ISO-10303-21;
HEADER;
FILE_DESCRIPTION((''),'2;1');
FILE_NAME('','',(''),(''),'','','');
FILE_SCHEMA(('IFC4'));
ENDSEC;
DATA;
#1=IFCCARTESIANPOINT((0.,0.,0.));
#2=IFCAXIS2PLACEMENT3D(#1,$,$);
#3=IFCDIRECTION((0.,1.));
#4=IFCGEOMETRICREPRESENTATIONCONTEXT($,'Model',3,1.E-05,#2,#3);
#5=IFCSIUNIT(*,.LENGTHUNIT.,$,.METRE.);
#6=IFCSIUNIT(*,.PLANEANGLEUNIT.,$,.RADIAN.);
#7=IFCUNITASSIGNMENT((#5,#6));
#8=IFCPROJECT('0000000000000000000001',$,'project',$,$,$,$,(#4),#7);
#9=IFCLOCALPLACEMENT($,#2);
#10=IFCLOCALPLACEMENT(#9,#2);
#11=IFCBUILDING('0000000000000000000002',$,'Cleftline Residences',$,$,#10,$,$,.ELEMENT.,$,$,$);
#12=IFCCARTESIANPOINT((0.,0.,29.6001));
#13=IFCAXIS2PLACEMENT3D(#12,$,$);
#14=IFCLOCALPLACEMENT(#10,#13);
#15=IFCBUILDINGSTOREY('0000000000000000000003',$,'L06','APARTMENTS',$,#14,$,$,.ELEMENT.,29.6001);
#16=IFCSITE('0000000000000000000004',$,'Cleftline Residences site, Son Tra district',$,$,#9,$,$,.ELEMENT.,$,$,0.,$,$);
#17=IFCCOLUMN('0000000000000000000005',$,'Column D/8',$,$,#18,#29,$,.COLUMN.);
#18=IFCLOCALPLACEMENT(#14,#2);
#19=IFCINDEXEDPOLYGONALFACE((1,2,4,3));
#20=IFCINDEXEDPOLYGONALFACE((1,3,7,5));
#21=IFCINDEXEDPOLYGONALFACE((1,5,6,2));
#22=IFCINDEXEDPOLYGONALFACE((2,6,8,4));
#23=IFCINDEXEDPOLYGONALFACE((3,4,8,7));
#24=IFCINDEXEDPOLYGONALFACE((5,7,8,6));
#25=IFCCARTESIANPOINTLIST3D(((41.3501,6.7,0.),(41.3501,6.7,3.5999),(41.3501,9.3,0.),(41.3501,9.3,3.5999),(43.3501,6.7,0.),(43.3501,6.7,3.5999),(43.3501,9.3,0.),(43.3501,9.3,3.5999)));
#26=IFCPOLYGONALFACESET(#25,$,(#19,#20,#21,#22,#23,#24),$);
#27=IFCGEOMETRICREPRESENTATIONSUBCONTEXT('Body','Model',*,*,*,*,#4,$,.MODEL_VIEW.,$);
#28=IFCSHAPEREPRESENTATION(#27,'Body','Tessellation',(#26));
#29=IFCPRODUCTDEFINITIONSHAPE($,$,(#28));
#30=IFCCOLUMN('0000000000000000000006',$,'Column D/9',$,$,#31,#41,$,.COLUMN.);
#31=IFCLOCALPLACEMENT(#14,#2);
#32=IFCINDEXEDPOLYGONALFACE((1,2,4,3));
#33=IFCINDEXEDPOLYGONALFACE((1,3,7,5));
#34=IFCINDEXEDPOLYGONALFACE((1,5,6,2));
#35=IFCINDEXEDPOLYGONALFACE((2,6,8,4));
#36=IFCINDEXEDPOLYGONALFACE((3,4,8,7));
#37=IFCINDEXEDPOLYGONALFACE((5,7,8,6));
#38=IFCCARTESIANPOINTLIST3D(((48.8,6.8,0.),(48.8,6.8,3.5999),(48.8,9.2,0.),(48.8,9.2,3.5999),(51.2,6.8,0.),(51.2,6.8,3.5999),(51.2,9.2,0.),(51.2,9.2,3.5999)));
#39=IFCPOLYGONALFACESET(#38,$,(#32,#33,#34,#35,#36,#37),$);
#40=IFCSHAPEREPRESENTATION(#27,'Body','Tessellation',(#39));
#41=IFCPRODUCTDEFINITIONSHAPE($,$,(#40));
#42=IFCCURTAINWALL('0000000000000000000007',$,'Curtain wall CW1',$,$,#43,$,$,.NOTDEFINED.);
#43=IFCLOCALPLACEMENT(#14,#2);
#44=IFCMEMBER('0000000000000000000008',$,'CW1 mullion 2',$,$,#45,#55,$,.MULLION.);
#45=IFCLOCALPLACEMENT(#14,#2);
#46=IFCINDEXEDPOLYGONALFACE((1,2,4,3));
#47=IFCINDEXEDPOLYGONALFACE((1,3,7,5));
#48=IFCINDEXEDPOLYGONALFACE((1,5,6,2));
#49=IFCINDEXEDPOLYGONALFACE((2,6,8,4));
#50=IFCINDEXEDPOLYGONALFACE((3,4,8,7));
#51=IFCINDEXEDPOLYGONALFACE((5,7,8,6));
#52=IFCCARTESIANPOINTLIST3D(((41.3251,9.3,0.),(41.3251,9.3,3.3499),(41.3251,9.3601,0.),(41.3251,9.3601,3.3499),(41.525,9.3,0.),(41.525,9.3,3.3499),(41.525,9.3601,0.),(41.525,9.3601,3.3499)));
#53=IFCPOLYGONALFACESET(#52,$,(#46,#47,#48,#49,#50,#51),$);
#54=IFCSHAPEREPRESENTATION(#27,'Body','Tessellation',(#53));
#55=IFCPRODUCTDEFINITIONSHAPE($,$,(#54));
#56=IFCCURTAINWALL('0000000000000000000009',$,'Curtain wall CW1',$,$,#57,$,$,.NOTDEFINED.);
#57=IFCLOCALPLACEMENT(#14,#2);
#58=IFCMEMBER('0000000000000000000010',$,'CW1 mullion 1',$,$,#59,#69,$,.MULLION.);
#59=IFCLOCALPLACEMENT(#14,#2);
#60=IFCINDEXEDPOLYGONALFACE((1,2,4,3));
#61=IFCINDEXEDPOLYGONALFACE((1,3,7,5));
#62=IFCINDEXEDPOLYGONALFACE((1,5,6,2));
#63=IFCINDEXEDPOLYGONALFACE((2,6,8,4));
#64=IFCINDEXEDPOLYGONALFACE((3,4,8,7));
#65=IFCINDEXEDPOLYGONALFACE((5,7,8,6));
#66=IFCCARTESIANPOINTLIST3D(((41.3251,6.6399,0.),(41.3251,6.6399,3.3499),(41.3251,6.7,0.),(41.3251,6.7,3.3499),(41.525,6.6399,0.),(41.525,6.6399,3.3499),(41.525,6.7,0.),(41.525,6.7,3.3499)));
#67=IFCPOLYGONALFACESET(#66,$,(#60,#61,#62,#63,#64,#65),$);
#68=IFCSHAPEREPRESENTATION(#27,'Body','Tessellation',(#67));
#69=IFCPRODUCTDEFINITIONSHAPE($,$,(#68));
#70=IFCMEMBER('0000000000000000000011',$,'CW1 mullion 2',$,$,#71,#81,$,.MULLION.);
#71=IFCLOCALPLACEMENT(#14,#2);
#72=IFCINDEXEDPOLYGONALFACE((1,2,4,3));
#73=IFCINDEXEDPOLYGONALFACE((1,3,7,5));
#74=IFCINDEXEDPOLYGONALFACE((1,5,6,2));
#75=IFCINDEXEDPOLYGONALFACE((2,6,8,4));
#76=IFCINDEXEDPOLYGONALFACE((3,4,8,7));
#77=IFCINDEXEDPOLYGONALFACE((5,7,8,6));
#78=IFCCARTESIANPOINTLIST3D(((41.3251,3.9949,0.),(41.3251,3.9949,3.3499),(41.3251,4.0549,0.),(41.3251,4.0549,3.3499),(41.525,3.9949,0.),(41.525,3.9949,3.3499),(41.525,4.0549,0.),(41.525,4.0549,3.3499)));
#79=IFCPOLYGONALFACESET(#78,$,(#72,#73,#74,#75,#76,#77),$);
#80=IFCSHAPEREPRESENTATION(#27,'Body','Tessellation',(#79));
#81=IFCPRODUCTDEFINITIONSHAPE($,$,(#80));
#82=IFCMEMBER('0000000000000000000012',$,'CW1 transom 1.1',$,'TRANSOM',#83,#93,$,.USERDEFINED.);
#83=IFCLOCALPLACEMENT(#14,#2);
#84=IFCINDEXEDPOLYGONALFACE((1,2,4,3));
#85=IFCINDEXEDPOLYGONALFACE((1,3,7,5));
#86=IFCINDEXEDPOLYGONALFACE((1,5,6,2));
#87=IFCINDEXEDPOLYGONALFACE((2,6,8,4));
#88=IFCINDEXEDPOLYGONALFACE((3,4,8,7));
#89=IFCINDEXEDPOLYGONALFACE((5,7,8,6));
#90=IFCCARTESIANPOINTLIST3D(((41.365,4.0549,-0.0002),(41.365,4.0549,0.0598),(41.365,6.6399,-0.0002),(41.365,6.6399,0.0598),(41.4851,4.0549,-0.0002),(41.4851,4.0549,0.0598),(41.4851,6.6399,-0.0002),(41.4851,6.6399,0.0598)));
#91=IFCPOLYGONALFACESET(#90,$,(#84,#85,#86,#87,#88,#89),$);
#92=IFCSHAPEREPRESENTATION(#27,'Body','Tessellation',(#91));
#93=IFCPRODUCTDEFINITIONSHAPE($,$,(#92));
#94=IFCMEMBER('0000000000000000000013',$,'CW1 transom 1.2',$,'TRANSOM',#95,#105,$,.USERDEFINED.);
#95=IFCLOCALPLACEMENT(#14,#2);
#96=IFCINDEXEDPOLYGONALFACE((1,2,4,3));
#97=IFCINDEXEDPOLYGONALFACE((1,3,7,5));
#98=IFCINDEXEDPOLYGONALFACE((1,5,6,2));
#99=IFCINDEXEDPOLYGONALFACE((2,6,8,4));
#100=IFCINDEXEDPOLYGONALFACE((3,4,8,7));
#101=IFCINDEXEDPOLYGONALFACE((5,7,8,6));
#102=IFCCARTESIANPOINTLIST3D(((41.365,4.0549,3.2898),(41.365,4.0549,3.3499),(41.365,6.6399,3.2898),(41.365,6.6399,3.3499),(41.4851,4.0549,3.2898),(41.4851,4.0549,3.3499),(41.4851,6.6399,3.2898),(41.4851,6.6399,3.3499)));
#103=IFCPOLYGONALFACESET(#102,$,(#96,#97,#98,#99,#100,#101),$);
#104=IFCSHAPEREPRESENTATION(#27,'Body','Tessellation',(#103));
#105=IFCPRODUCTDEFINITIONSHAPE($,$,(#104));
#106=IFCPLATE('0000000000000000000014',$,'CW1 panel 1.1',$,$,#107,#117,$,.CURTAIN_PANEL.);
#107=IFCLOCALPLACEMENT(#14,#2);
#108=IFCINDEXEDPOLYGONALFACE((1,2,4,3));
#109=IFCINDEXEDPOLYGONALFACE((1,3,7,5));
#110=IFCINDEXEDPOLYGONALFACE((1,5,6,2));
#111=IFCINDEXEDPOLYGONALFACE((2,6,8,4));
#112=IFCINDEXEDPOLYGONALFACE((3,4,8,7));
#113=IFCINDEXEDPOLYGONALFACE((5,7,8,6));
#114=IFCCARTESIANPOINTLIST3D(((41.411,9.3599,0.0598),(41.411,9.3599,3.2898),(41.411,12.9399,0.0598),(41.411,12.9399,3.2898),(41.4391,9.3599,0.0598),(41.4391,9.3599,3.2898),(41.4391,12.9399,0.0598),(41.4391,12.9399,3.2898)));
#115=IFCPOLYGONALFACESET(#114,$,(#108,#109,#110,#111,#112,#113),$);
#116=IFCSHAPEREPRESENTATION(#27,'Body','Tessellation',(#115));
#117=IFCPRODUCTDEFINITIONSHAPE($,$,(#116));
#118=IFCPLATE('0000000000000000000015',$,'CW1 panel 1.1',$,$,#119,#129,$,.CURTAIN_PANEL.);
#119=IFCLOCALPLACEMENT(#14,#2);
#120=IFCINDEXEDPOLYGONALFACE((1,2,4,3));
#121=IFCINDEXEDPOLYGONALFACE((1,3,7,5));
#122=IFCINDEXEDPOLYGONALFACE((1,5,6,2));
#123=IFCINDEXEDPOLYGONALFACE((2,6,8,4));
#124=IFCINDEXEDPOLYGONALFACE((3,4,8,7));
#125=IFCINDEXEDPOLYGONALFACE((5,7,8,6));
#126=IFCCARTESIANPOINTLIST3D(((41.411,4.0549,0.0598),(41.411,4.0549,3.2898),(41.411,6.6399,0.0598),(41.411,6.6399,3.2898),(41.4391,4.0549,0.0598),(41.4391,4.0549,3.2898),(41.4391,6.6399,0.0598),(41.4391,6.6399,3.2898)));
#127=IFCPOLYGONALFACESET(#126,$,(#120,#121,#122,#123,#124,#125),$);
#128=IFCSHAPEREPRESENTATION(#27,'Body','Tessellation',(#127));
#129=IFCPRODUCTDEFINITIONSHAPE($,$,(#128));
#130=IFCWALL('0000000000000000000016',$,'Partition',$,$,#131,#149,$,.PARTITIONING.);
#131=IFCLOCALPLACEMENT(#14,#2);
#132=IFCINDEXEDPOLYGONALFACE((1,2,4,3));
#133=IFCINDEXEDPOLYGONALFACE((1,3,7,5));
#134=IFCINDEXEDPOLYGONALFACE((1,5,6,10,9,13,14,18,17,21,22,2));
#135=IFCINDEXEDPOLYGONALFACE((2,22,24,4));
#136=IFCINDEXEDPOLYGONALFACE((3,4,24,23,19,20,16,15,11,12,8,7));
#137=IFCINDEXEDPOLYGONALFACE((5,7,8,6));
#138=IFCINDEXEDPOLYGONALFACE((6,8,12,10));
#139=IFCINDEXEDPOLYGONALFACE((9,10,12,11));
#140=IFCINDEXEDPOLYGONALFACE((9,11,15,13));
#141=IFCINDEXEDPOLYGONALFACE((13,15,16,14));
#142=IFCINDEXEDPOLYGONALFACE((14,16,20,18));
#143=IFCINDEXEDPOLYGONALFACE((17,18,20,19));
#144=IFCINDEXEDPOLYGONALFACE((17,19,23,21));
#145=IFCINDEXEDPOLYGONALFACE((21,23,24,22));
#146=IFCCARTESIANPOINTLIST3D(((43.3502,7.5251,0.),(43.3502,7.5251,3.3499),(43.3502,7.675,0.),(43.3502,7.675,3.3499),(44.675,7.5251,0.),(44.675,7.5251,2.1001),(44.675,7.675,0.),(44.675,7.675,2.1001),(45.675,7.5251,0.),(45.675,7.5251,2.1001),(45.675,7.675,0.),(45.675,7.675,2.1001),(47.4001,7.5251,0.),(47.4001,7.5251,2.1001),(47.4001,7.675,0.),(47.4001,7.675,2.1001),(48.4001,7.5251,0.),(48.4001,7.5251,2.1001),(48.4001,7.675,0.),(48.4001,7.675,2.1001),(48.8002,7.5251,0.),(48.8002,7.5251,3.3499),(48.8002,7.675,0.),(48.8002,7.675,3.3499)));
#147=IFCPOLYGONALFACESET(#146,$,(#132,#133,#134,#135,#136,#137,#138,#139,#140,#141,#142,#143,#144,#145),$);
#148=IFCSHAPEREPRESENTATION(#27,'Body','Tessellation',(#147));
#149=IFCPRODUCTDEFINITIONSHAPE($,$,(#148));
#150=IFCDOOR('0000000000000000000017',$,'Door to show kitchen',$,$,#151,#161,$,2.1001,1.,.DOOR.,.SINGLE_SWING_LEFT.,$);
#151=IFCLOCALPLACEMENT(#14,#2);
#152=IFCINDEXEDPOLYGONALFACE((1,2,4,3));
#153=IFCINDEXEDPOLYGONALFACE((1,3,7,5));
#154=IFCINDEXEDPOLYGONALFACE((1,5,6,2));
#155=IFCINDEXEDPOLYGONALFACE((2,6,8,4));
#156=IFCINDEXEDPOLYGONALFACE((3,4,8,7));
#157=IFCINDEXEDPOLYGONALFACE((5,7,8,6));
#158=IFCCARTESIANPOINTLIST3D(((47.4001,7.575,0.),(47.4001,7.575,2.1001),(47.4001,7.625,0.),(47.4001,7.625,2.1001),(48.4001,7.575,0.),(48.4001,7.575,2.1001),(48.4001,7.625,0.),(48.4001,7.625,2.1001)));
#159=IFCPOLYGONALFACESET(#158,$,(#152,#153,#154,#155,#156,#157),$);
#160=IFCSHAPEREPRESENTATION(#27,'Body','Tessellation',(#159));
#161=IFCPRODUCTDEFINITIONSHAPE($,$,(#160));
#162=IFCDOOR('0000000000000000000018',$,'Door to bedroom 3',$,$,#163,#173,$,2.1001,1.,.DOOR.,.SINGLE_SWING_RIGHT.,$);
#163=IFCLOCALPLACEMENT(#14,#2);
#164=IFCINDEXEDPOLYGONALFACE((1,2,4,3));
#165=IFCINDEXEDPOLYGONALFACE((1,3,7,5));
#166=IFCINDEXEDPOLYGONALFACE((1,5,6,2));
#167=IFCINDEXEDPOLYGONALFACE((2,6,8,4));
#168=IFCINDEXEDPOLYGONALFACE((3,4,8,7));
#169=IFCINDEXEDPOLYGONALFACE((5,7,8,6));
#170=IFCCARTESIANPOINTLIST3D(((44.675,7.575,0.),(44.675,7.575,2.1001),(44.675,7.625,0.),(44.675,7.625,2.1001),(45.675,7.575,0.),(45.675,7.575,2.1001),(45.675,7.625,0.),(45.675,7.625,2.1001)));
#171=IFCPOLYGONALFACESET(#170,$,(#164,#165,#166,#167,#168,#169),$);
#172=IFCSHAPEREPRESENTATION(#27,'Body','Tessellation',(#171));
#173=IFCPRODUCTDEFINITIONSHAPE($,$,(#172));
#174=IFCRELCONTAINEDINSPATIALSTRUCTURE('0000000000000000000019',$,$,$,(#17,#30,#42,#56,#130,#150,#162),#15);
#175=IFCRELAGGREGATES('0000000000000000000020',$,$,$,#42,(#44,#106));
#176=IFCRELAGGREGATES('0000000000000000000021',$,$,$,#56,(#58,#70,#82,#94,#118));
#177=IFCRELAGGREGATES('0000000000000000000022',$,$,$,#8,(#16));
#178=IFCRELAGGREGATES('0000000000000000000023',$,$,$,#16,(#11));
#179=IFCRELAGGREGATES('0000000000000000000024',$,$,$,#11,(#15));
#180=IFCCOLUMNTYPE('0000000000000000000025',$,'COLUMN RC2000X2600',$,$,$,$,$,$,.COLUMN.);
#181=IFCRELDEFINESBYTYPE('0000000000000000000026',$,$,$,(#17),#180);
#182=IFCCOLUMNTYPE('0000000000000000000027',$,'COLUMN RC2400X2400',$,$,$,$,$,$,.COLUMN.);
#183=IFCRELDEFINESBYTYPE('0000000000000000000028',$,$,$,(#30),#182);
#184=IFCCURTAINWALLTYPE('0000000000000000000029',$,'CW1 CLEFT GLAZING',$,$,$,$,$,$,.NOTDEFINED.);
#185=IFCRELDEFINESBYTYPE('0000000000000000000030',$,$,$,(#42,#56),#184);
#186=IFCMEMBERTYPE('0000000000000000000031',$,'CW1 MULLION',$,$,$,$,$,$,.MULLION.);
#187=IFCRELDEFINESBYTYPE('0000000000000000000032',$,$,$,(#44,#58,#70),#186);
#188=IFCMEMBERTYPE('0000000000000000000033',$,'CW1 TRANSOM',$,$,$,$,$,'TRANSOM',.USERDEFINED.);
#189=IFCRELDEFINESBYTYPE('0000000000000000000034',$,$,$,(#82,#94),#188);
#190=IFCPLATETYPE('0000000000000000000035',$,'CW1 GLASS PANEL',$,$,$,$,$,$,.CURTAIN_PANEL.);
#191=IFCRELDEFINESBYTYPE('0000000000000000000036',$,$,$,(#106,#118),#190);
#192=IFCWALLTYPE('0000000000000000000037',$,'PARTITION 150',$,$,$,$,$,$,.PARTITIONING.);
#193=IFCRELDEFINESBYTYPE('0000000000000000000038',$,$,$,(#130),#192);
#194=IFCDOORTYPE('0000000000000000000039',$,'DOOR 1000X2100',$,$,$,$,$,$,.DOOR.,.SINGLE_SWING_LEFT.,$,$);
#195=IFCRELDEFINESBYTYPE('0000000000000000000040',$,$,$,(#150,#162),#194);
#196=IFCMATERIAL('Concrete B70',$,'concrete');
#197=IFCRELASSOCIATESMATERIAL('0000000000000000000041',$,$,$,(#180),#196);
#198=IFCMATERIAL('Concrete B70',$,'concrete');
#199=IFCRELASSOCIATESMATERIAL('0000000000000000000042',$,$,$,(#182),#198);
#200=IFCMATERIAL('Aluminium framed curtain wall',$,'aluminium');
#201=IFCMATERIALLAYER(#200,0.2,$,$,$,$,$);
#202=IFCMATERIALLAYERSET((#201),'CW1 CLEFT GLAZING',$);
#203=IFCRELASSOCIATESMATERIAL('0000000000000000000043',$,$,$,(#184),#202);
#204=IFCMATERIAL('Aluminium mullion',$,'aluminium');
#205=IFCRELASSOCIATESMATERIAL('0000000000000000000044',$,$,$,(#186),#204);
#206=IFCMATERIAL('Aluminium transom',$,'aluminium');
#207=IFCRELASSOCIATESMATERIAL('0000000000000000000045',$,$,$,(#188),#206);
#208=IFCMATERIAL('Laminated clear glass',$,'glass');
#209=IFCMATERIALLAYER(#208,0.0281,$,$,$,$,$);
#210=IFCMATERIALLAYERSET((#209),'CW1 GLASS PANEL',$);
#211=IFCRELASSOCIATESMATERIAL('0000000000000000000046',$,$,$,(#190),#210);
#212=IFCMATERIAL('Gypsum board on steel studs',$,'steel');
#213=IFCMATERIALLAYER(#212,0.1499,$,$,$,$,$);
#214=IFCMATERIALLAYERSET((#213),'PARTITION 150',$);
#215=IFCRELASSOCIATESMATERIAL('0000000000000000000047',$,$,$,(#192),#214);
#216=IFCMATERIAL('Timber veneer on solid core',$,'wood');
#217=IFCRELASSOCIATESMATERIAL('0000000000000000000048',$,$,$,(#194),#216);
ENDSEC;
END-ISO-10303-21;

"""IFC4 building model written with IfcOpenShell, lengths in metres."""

from ifc_helpers import new_model, si_unit, direction, frame, frame_2d, origin, origin_2d, place, context, subcontext, project, spatial, rectangle, extrude, material, layer, layer_set, material_profile, profile_set, type_object, element, fill, aggregate, save


model = new_model("IFC4")

# Units and contexts
model_context = context("Model", 3, precision=1e-05, world=origin(), true_north=direction((0.0, 1.0)))
body_context = subcontext(model_context, "Body", "Model", "MODEL_VIEW")
ifc_project = project(units=[si_unit("LENGTHUNIT", "METRE"), si_unit("PLANEANGLEUNIT", "RADIAN")], contexts=[model_context])

# Site, building, storey
site_placement = place(None, origin())
site = spatial("IfcSite", under=ifc_project, at=site_placement, Name="Cleftline Residences site, Son Tra district", CompositionType="ELEMENT", RefElevation=0.0)
building_placement = place(site_placement, origin())
building = spatial("IfcBuilding", under=site, at=building_placement, Name="Cleftline Residences", CompositionType="ELEMENT")
storey_placement = place(building_placement, frame((0.0, 0.0, 29.6001)))
storey = spatial("IfcBuildingStorey", under=building, at=storey_placement, Name="L06", Description="APARTMENTS", CompositionType="ELEMENT", Elevation=29.6001)

# Columns
ifc_material_1 = material(Name="Concrete B70", Category="concrete")
ifc_material_profile_1 = material_profile(ifc_material_1, rectangle(XDim=2.0, YDim=2.6001, at=origin_2d()))
ifc_profile_set_1 = profile_set([ifc_material_profile_1], Name="Concrete B70")
column_type_1 = type_object("IfcColumnType", Name="COLUMN RC2000X2600", PredefinedType="COLUMN", material=ifc_profile_set_1)
column_1_placement = place(storey_placement, frame((42.3501, 8.0, 0.0), z_axis=(0.0, 0.0, 1.0), x_axis=(1.0, 0.0, 0.0)))
element("IfcColumn", 1, at=column_1_placement, inside=storey, type_object=column_type_1, Name="Column D/8", PredefinedType="COLUMN", context=body_context, shape_type="SweptSolid", body=[
    extrude(rectangle(XDim=2.0, YDim=2.6001, at=origin_2d()), origin(), (0.0, 0.0, 1.0), 3.5999),
])
ifc_material_2 = material(Name="Concrete B70", Category="concrete")
ifc_material_profile_2 = material_profile(ifc_material_2, rectangle(XDim=2.3999, YDim=2.3999, at=origin_2d()))
ifc_profile_set_2 = profile_set([ifc_material_profile_2], Name="Concrete B70")
column_type_2 = type_object("IfcColumnType", Name="COLUMN RC2400X2400", PredefinedType="COLUMN", material=ifc_profile_set_2)
column_2_placement = place(storey_placement, frame((50.0, 8.0, 0.0), z_axis=(0.0, 0.0, 1.0), x_axis=(1.0, 0.0, 0.0)))
element("IfcColumn", 2, at=column_2_placement, inside=storey, type_object=column_type_2, Name="Column D/9", PredefinedType="COLUMN", context=body_context, shape_type="SweptSolid", body=[
    extrude(rectangle(XDim=2.3999, YDim=2.3999, at=origin_2d()), origin(), (0.0, 0.0, 1.0), 3.5999),
])

# Curtain wall, member
ifc_material_3 = material(Name="Aluminium framed curtain wall", Category="aluminium")
ifc_layer_1 = layer(ifc_material_3, 0.2)
ifc_layer_set_1 = layer_set([ifc_layer_1], Name="CW1 CLEFT GLAZING")
curtain_wall_type = type_object("IfcCurtainWallType", Name="CW1 CLEFT GLAZING", PredefinedType="NOTDEFINED", material=ifc_layer_set_1)
curtain_wall_1_placement = place(storey_placement, origin())
curtain_wall_1 = element("IfcCurtainWall", 3, at=curtain_wall_1_placement, inside=storey, type_object=curtain_wall_type, Name="Curtain wall CW1", PredefinedType="NOTDEFINED")
ifc_material_4 = material(Name="Aluminium mullion", Category="aluminium")
ifc_material_profile_3 = material_profile(ifc_material_4, rectangle(XDim=0.2, YDim=0.0601, at=origin_2d()))
ifc_profile_set_3 = profile_set([ifc_material_profile_3], Name="Aluminium mullion")
member_type_1 = type_object("IfcMemberType", Name="CW1 MULLION", PredefinedType="MULLION", material=ifc_profile_set_3)
member_1_placement = place(storey_placement, frame((41.425, 9.3301, 0.0), z_axis=(0.0, 0.0, 1.0), x_axis=(1.0, 0.0, 0.0)))
member_1 = element("IfcMember", 4, at=member_1_placement, type_object=member_type_1, Name="CW1 mullion 2", PredefinedType="MULLION", context=body_context, shape_type="SweptSolid", body=[
    extrude(rectangle(XDim=0.2, YDim=0.0601, at=origin_2d()), origin(), (0.0, 0.0, 1.0), 3.3499),
])

# Curtain wall, members
curtain_wall_2_placement = place(storey_placement, origin())
curtain_wall_2 = element("IfcCurtainWall", 5, at=curtain_wall_2_placement, inside=storey, type_object=curtain_wall_type, Name="Curtain wall CW1", PredefinedType="NOTDEFINED")
member_2_placement = place(storey_placement, frame((41.425, 6.6699, 0.0), z_axis=(0.0, 0.0, 1.0), x_axis=(1.0, 0.0, 0.0)))
member_2 = element("IfcMember", 6, at=member_2_placement, type_object=member_type_1, Name="CW1 mullion 1", PredefinedType="MULLION", context=body_context, shape_type="SweptSolid", body=[
    extrude(rectangle(XDim=0.2, YDim=0.0601, at=origin_2d()), origin(), (0.0, 0.0, 1.0), 3.3499),
])
member_3_placement = place(storey_placement, frame((41.425, 4.0249, 0.0), z_axis=(0.0, 0.0, 1.0), x_axis=(1.0, 0.0, 0.0)))
member_3 = element("IfcMember", 7, at=member_3_placement, type_object=member_type_1, Name="CW1 mullion 2", PredefinedType="MULLION", context=body_context, shape_type="SweptSolid", body=[
    extrude(rectangle(XDim=0.2, YDim=0.0601, at=origin_2d()), origin(), (0.0, 0.0, 1.0), 3.3499),
])
ifc_material_5 = material(Name="Aluminium transom", Category="aluminium")
ifc_material_profile_4 = material_profile(ifc_material_5, rectangle(XDim=0.1201, YDim=0.0601, at=origin_2d()))
ifc_profile_set_4 = profile_set([ifc_material_profile_4], Name="Aluminium transom")
member_type_2 = type_object("IfcMemberType", Name="CW1 TRANSOM", ElementType="TRANSOM", PredefinedType="USERDEFINED", material=ifc_profile_set_4)
member_4_placement = place(storey_placement, frame((41.425, 6.6399, 0.0298), z_axis=(0.0, -1.0, 0.0), x_axis=(1.0, 0.0, 0.0)))
member_4 = element("IfcMember", 8, at=member_4_placement, type_object=member_type_2, Name="CW1 transom 1.1", ObjectType="TRANSOM", PredefinedType="USERDEFINED", context=body_context, shape_type="SweptSolid", body=[
    extrude(rectangle(XDim=0.1201, YDim=0.0601, at=origin_2d()), origin(), (0.0, 0.0, 1.0), 2.585),
])
member_5_placement = place(storey_placement, frame((41.425, 6.6399, 3.3198), z_axis=(0.0, -1.0, 0.0), x_axis=(1.0, 0.0, 0.0)))
member_5 = element("IfcMember", 9, at=member_5_placement, type_object=member_type_2, Name="CW1 transom 1.2", ObjectType="TRANSOM", PredefinedType="USERDEFINED", context=body_context, shape_type="SweptSolid", body=[
    extrude(rectangle(XDim=0.1201, YDim=0.0601, at=origin_2d()), origin(), (0.0, 0.0, 1.0), 2.585),
])

# Plates
ifc_material_6 = material(Name="Laminated clear glass", Category="glass")
ifc_layer_2 = layer(ifc_material_6, 0.0281)
ifc_layer_set_2 = layer_set([ifc_layer_2], Name="CW1 GLASS PANEL")
plate_type = type_object("IfcPlateType", Name="CW1 GLASS PANEL", PredefinedType="CURTAIN_PANEL", material=ifc_layer_set_2)
plate_1_placement = place(storey_placement, frame((41.425, 11.1499, 0.0598), z_axis=(0.0, 0.0, 1.0), x_axis=(0.0, -1.0, 0.0)))
plate_1 = element("IfcPlate", 10, at=plate_1_placement, type_object=plate_type, Name="CW1 panel 1.1", PredefinedType="CURTAIN_PANEL", context=body_context, shape_type="SweptSolid", body=[
    extrude(rectangle(XDim=3.5801, YDim=0.0281, at=origin_2d()), origin(), (0.0, 0.0, 1.0), 3.23),
])
aggregate(curtain_wall_1, [member_1, plate_1])
plate_2_placement = place(storey_placement, frame((41.425, 5.3474, 0.0598), z_axis=(0.0, 0.0, 1.0), x_axis=(0.0, -1.0, 0.0)))
plate_2 = element("IfcPlate", 11, at=plate_2_placement, type_object=plate_type, Name="CW1 panel 1.1", PredefinedType="CURTAIN_PANEL", context=body_context, shape_type="SweptSolid", body=[
    extrude(rectangle(XDim=2.585, YDim=0.0281, at=origin_2d()), origin(), (0.0, 0.0, 1.0), 3.23),
])
aggregate(curtain_wall_2, [member_2, member_3, member_4, member_5, plate_2])

# Wall, openings, doors
ifc_material_7 = material(Name="Gypsum board on steel studs", Category="steel")
ifc_layer_3 = layer(ifc_material_7, 0.1499)
ifc_layer_set_3 = layer_set([ifc_layer_3], Name="PARTITION 150")
wall_type = type_object("IfcWallType", Name="PARTITION 150", PredefinedType="PARTITIONING", material=ifc_layer_set_3)
wall_1_placement = place(storey_placement, frame((43.3501, 7.6001, 0.0), z_axis=(0.0, 0.0, 1.0), x_axis=(1.0, 0.0, 0.0)))
wall_1 = element("IfcWall", 12, at=wall_1_placement, inside=storey, type_object=wall_type, Name="Partition", PredefinedType="PARTITIONING", context=body_context, shape_type="SweptSolid", body=[
    extrude(rectangle(XDim=5.45, YDim=0.1499, at=frame_2d((2.7251, 0.0))), origin(), (0.0, 0.0, 1.0), 3.3499),
])
opening_1_placement = place(wall_1_placement, frame((4.05, 0.0, 0.0)))
opening_1 = element("IfcOpeningElement", 13, at=opening_1_placement, cuts=wall_1, PredefinedType="OPENING", context=body_context, shape_type="SweptSolid", body=[
    extrude(rectangle(XDim=1.0, YDim=2.1001, at=frame_2d((0.5, 1.05))), frame((0.0, 0.085, 0.0), z_axis=(0.0, -1.0, 0.0), x_axis=(1.0, 0.0, 0.0)), (0.0, 0.0, 1.0), 0.1699),
])
opening_2_placement = place(wall_1_placement, frame((1.325, 0.0, 0.0)))
opening_2 = element("IfcOpeningElement", 14, at=opening_2_placement, cuts=wall_1, PredefinedType="OPENING", context=body_context, shape_type="SweptSolid", body=[
    extrude(rectangle(XDim=1.0, YDim=2.1001, at=frame_2d((0.5, 1.05))), frame((0.0, 0.085, 0.0), z_axis=(0.0, -1.0, 0.0), x_axis=(1.0, 0.0, 0.0)), (0.0, 0.0, 1.0), 0.1699),
])
ifc_material_8 = material(Name="Timber veneer on solid core", Category="wood")
door_type_1 = type_object("IfcDoorType", Name="DOOR 1000X2100", OperationType="SINGLE_SWING_LEFT", PredefinedType="DOOR", material=ifc_material_8)
door_1_placement = place(opening_1_placement, origin())
door_1 = element("IfcDoor", 15, at=door_1_placement, inside=storey, type_object=door_type_1, Name="Door to show kitchen", OperationType="SINGLE_SWING_LEFT", OverallHeight=2.1001, OverallWidth=1.0, PredefinedType="DOOR", context=body_context, shape_type="SweptSolid", body=[
    extrude(rectangle(XDim=1.0, YDim=2.1001, at=frame_2d((0.5, 1.05))), frame((0.0, 0.0249, 0.0), z_axis=(0.0, -1.0, 0.0), x_axis=(1.0, 0.0, 0.0)), (0.0, 0.0, 1.0), 0.05),
])
fill(opening_1, door_1)
door_2_placement = place(opening_2_placement, origin())
door_2 = element("IfcDoor", 16, at=door_2_placement, inside=storey, type_object=door_type_1, Name="Door to bedroom 3", OperationType="SINGLE_SWING_RIGHT", OverallHeight=2.1001, OverallWidth=1.0, PredefinedType="DOOR", context=body_context, shape_type="SweptSolid", body=[
    extrude(rectangle(XDim=1.0, YDim=2.1001, at=frame_2d((0.5, 1.05))), frame((0.0, 0.0249, 0.0), z_axis=(0.0, -1.0, 0.0), x_axis=(1.0, 0.0, 0.0)), (0.0, 0.0, 1.0), 0.05),
])
fill(opening_2, door_2)

save(model, "model.ifc")
